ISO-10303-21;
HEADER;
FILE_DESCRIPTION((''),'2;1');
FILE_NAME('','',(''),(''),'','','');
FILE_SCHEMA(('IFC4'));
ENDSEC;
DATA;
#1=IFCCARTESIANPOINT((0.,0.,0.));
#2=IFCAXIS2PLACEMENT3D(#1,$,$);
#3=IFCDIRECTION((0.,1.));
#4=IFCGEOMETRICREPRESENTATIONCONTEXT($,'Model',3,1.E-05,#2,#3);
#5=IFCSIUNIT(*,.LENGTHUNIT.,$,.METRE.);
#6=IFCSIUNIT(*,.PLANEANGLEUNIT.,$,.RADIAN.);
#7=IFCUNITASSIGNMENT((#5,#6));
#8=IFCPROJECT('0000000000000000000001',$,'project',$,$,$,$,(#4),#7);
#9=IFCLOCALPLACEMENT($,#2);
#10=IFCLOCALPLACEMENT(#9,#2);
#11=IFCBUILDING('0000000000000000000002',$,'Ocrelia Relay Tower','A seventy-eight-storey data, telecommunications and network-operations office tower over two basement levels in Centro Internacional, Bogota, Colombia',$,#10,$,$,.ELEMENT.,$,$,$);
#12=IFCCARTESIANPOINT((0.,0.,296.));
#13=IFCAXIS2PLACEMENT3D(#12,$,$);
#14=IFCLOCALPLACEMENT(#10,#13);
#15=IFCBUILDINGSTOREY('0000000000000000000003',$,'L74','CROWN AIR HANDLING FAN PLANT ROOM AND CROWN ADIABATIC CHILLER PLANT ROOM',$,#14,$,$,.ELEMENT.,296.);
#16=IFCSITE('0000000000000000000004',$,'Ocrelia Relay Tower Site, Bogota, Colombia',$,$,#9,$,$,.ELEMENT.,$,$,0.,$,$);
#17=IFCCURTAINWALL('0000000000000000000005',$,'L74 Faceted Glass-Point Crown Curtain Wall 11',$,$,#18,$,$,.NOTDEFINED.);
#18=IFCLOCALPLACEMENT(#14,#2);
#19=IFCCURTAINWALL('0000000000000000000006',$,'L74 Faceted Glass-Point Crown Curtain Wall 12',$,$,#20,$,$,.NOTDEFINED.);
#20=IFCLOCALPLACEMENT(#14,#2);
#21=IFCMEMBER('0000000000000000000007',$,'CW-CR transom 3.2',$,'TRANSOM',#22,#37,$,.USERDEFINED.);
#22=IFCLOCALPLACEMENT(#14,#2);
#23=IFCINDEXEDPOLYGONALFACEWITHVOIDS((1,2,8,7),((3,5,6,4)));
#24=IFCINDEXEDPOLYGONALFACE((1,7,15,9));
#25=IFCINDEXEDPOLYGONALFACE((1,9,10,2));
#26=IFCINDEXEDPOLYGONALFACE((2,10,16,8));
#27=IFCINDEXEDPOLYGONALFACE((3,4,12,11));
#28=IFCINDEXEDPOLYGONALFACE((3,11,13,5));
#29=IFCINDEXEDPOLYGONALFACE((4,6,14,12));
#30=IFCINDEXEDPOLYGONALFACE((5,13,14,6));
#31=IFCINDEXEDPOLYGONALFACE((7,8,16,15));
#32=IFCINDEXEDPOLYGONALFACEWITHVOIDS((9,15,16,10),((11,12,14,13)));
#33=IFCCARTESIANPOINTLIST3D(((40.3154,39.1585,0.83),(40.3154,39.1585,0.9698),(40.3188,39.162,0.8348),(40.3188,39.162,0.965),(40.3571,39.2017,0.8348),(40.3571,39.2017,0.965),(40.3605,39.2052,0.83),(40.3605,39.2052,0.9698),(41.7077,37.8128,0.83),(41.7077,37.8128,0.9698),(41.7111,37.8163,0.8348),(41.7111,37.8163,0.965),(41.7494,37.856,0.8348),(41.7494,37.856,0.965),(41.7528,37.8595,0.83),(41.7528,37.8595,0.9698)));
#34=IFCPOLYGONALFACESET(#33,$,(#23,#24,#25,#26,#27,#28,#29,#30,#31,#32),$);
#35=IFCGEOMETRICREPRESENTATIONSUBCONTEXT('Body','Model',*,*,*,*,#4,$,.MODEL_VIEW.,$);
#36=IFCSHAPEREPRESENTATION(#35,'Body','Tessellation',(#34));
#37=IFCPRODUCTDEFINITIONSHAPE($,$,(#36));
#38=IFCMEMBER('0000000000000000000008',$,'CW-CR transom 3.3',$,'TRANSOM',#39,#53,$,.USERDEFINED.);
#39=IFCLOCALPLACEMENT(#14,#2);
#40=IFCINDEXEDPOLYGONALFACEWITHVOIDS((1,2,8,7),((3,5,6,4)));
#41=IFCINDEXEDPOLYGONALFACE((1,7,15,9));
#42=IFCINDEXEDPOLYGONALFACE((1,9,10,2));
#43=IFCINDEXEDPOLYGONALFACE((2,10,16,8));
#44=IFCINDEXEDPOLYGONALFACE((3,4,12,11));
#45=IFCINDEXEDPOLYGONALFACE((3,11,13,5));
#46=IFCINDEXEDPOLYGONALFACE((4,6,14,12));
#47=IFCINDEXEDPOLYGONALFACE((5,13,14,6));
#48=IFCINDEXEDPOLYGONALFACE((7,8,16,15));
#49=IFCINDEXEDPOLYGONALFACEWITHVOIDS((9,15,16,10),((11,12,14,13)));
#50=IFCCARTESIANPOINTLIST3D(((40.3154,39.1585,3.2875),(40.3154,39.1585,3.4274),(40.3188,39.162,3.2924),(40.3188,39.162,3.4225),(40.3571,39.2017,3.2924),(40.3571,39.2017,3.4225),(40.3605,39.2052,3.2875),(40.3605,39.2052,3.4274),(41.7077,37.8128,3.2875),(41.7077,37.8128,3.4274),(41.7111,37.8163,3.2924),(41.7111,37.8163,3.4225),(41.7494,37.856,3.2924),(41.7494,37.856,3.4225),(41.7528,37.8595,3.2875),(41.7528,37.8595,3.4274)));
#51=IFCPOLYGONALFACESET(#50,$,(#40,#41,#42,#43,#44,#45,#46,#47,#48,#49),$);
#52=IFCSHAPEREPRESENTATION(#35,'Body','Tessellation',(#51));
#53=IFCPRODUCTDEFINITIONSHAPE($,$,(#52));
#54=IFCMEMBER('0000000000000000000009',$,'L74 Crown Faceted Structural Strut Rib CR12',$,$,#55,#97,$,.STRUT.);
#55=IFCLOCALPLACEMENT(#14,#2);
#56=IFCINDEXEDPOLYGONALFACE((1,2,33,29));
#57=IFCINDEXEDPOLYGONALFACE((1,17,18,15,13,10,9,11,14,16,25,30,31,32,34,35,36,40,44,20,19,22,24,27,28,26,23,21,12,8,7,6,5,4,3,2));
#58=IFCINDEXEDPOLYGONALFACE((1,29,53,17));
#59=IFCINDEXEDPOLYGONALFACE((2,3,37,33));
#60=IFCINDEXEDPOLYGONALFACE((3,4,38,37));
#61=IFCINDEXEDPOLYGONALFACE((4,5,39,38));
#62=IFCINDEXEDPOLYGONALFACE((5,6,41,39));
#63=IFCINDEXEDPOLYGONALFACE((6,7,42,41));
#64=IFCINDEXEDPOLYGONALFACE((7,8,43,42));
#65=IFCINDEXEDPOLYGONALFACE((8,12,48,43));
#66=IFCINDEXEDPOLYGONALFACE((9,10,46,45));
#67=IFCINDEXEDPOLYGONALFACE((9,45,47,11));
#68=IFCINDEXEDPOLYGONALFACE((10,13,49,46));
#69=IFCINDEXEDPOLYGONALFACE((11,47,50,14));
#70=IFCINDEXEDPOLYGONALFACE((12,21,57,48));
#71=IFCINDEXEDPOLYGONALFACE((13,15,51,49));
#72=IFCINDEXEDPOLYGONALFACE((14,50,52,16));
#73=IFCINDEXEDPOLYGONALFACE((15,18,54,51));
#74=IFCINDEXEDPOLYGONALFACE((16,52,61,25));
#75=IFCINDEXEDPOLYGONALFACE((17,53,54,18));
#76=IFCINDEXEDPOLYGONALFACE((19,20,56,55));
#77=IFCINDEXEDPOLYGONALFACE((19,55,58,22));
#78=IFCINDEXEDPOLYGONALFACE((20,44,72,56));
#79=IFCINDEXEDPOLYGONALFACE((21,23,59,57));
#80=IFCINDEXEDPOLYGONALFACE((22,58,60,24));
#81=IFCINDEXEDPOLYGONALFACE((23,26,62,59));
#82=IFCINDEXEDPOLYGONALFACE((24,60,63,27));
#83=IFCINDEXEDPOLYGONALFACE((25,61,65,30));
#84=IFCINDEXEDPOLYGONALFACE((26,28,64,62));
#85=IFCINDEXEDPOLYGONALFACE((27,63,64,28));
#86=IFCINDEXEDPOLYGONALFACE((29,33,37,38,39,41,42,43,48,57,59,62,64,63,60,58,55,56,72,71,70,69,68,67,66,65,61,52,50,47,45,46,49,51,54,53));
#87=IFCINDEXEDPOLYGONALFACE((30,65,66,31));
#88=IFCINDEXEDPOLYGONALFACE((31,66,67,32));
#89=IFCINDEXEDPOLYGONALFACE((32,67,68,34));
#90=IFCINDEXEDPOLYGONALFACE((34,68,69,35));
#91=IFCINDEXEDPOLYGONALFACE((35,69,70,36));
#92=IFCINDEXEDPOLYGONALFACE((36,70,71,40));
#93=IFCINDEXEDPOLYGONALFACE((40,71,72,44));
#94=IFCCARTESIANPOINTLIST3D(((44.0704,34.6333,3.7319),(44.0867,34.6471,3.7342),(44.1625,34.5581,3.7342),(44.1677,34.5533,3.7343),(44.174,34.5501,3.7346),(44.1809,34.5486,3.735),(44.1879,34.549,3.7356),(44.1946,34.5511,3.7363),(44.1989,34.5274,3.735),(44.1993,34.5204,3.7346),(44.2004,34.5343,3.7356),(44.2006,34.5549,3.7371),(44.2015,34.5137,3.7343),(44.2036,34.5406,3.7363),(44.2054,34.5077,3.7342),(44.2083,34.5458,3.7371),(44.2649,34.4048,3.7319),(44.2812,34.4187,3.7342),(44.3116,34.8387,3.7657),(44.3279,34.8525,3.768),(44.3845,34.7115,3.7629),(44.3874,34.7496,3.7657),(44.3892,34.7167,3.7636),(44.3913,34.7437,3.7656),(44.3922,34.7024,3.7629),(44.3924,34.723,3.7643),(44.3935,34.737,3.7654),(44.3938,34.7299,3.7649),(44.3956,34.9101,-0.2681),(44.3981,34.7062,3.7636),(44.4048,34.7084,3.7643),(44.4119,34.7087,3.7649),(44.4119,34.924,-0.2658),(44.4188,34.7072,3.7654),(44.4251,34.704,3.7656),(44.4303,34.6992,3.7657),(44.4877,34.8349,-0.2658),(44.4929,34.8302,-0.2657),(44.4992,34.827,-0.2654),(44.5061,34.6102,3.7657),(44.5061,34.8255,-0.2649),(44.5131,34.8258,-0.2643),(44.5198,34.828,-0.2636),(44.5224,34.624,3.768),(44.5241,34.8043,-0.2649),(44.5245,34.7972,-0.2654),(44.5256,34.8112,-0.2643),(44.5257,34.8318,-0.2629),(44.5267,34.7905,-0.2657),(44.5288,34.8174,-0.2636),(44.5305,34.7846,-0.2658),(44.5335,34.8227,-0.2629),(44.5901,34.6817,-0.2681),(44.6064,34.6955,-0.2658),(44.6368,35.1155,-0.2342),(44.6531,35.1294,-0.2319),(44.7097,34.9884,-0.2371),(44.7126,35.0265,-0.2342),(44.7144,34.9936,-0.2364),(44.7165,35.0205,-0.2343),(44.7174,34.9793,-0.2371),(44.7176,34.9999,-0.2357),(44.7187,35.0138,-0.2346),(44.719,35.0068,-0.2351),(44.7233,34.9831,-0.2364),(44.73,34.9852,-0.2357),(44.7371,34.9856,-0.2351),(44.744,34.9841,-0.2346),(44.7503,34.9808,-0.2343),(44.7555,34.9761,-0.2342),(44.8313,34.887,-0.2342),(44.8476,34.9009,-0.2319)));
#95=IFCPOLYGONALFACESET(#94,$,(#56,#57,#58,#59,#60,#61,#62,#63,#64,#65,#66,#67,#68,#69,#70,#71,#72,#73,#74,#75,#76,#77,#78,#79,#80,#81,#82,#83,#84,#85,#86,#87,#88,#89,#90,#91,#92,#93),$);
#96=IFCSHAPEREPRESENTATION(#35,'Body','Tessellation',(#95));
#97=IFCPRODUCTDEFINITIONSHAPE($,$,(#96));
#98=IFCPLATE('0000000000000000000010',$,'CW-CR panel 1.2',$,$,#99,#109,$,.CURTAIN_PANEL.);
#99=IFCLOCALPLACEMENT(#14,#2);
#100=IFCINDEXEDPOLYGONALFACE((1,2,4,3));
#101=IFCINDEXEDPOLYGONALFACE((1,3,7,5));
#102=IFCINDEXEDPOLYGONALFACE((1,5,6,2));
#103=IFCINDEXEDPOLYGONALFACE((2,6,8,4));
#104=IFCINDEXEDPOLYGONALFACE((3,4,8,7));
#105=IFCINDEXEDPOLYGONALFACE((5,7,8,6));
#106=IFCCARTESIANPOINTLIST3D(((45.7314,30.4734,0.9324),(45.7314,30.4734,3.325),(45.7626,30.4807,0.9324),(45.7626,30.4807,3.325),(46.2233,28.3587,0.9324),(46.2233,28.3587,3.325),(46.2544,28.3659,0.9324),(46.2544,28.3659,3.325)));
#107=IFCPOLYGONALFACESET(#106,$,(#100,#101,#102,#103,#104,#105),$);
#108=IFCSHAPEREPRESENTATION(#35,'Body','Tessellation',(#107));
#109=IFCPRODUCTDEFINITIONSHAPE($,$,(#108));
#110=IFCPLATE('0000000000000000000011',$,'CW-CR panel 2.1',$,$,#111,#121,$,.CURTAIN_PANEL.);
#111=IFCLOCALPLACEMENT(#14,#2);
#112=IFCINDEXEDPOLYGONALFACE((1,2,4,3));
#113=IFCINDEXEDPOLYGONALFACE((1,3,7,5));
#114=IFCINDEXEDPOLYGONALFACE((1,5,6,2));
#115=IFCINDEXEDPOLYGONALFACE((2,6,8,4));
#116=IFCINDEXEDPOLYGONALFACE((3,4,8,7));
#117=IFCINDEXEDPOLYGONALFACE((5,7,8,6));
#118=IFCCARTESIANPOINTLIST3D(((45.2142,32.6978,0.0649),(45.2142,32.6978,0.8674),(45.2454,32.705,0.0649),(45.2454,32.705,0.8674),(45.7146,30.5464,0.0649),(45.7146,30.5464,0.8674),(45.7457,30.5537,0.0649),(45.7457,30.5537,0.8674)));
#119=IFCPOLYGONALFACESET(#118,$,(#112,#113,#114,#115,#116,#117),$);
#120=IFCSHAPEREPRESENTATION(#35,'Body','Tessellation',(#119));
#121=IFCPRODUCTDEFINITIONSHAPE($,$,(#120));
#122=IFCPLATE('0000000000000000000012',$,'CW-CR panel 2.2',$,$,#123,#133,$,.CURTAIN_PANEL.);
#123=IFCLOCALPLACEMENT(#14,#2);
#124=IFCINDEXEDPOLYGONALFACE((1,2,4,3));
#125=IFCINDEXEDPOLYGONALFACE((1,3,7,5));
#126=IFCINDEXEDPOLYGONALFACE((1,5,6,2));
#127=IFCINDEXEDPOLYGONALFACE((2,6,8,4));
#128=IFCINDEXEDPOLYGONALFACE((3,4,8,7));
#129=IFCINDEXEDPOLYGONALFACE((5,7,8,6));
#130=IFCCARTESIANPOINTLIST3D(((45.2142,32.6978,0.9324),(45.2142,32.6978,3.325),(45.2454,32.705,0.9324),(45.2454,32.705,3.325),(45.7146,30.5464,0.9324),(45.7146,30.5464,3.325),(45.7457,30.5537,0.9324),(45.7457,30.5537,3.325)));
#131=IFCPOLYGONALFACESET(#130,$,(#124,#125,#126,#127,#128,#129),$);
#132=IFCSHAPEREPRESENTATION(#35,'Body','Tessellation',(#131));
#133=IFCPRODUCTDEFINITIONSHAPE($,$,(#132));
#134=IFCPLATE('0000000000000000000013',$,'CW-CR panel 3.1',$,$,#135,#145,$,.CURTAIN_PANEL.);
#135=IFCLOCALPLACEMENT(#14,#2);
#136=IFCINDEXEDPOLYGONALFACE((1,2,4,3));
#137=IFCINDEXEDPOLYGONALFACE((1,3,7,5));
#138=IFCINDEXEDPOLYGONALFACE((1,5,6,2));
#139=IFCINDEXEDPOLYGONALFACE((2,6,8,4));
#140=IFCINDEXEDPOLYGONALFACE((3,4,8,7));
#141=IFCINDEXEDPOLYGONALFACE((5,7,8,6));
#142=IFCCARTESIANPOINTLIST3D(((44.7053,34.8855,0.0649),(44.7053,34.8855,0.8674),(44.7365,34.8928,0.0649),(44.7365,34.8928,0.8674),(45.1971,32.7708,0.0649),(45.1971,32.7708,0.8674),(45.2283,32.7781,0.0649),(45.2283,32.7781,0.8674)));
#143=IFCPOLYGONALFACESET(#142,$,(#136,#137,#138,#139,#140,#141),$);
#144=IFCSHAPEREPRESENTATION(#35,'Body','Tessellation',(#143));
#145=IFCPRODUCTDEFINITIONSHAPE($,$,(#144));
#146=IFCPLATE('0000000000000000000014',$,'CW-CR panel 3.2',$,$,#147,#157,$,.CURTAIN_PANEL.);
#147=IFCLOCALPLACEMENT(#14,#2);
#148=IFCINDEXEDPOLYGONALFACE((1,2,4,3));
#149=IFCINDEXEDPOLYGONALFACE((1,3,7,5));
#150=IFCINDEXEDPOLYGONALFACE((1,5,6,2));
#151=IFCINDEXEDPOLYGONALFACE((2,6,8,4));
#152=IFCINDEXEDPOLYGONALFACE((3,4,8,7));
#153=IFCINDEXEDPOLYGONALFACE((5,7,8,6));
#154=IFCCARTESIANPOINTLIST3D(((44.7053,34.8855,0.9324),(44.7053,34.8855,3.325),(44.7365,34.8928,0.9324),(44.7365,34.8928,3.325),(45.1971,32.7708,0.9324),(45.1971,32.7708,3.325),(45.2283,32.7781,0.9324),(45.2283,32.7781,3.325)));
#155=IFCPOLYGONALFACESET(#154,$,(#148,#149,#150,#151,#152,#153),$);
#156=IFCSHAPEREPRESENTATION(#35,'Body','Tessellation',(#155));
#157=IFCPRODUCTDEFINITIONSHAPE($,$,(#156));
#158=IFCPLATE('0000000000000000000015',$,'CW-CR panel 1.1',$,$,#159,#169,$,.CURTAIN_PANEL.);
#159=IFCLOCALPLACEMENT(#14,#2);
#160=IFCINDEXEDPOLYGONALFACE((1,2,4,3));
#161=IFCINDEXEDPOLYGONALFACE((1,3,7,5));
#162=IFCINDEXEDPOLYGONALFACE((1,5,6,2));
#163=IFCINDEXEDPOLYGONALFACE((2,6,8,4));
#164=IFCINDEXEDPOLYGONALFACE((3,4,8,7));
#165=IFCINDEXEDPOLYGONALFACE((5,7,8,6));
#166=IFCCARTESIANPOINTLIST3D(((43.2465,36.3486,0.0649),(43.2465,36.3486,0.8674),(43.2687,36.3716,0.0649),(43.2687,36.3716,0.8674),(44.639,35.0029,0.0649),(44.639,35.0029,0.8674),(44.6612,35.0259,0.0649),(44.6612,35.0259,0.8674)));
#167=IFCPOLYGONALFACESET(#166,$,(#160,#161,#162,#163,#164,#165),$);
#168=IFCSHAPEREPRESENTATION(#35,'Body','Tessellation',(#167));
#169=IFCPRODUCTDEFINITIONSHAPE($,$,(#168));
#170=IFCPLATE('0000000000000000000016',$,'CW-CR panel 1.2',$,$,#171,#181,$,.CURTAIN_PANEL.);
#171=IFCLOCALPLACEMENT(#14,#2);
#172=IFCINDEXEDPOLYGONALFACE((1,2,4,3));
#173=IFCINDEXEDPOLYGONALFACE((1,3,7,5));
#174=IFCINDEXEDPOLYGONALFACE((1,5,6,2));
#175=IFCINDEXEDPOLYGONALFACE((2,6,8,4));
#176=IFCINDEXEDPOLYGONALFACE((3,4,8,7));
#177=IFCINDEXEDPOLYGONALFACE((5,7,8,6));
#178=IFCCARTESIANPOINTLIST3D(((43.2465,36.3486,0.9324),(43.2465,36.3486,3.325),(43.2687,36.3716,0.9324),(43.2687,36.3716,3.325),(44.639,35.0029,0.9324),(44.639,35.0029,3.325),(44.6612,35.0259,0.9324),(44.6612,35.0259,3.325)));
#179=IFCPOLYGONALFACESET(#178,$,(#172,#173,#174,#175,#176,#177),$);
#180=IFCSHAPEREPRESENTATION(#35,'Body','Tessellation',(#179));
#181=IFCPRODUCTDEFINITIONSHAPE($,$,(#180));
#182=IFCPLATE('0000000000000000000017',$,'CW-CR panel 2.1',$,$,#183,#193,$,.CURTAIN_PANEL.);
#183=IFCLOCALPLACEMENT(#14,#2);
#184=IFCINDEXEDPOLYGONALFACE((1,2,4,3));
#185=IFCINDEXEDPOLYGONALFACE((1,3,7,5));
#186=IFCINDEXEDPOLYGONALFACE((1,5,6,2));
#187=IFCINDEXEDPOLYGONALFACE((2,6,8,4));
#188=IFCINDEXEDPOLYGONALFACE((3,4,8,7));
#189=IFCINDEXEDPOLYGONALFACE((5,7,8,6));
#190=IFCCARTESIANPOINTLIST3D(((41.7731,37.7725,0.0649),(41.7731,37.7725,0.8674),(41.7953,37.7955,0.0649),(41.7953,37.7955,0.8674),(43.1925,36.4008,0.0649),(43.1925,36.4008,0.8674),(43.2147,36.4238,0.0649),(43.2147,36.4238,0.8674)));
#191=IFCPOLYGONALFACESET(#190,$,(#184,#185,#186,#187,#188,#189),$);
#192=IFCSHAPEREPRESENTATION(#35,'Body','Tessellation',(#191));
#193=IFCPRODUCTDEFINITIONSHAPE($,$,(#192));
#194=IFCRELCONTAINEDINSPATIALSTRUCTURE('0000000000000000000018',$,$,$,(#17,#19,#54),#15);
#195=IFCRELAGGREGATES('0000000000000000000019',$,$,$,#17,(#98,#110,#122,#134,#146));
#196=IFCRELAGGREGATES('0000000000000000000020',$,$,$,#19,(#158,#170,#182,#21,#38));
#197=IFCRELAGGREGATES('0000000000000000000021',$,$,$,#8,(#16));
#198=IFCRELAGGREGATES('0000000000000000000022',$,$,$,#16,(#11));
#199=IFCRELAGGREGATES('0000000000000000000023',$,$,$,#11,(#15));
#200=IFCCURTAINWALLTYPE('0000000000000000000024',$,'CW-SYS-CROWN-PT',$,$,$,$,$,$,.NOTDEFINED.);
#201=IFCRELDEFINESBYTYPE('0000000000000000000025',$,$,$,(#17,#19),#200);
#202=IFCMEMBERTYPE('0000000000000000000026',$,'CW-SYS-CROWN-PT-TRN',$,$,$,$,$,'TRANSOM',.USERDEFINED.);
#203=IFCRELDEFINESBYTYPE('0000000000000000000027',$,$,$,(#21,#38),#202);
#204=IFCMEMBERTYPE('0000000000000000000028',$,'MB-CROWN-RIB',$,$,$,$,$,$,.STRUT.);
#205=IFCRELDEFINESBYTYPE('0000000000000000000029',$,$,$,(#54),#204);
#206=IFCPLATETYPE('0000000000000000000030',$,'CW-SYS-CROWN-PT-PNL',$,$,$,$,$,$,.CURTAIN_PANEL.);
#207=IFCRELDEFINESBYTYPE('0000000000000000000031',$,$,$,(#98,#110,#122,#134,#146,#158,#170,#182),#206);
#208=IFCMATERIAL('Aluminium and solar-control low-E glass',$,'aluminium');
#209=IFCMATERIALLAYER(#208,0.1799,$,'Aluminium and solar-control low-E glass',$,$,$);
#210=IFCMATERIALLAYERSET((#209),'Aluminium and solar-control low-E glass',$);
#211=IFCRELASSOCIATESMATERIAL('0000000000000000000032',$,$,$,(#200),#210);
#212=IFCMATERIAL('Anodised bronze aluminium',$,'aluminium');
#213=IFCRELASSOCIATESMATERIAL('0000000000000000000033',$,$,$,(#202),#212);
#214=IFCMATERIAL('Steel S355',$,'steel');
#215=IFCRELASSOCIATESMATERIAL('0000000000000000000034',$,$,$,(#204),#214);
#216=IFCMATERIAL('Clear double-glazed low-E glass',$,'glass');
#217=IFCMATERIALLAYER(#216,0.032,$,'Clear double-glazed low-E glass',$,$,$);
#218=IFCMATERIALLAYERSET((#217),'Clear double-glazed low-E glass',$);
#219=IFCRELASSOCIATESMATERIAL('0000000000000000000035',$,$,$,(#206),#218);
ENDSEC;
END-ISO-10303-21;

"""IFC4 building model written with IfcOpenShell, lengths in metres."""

from ifc_helpers import new_model, si_unit, direction, frame, origin, origin_2d, place, context, subcontext, project, spatial, rectangle, hollow_rectangle, i_section, extrude, material, layer, layer_set, material_profile, profile_set, type_object, element, aggregate, save


model = new_model("IFC4")

# Units and contexts
model_context = context("Model", 3, precision=1e-05, world=origin(), true_north=direction((0.0, 1.0)))
body_context = subcontext(model_context, "Body", "Model", "MODEL_VIEW")
ifc_project = project(units=[si_unit("LENGTHUNIT", "METRE"), si_unit("PLANEANGLEUNIT", "RADIAN")], contexts=[model_context])

# Site, building, storey
site_placement = place(None, origin())
site = spatial("IfcSite", under=ifc_project, at=site_placement, Name="Ocrelia Relay Tower Site, Bogota, Colombia", CompositionType="ELEMENT", RefElevation=0.0)
building_placement = place(site_placement, origin())
building = spatial("IfcBuilding", under=site, at=building_placement, Name="Ocrelia Relay Tower", Description="A seventy-eight-storey data, telecommunications and network-operations office tower over two basement levels in Centro Internacional, Bogota, Colombia", CompositionType="ELEMENT")
storey_placement = place(building_placement, frame((0.0, 0.0, 296.0)))
storey = spatial("IfcBuildingStorey", under=building, at=storey_placement, Name="L74", Description="CROWN AIR HANDLING FAN PLANT ROOM AND CROWN ADIABATIC CHILLER PLANT ROOM", CompositionType="ELEMENT", Elevation=296.0)

# Shared definitions
ifc_material_1 = material(Name="Steel S355", Category="steel")

# Curtain walls
ifc_material_2 = material(Name="Aluminium and solar-control low-E glass", Category="aluminium")
ifc_layer_1 = layer(ifc_material_2, 0.1799, Name="Aluminium and solar-control low-E glass")
ifc_layer_set_1 = layer_set([ifc_layer_1], Name="Aluminium and solar-control low-E glass")
curtain_wall_type = type_object("IfcCurtainWallType", Name="CW-SYS-CROWN-PT", PredefinedType="NOTDEFINED", material=ifc_layer_set_1)
curtain_wall_1_placement = place(storey_placement, origin())
curtain_wall_1 = element("IfcCurtainWall", 1, at=curtain_wall_1_placement, inside=storey, type_object=curtain_wall_type, Name="L74 Faceted Glass-Point Crown Curtain Wall 11", PredefinedType="NOTDEFINED")
ifc_material_3 = material(Name="Anodised bronze aluminium", Category="aluminium")
curtain_wall_2_placement = place(storey_placement, origin())
curtain_wall_2 = element("IfcCurtainWall", 2, at=curtain_wall_2_placement, inside=storey, type_object=curtain_wall_type, Name="L74 Faceted Glass-Point Crown Curtain Wall 12", PredefinedType="NOTDEFINED")

# Members
ifc_material_profile_1 = material_profile(ifc_material_3, hollow_rectangle(XDim=0.0649, YDim=0.1399, WallThickness=0.0049, at=origin_2d()), Name="CW-TRN-140x65")
ifc_profile_set_1 = profile_set([ifc_material_profile_1], Name="Anodised bronze aluminium")
member_type_1 = type_object("IfcMemberType", Name="CW-SYS-CROWN-PT-TRN", ElementType="TRANSOM", PredefinedType="USERDEFINED", material=ifc_profile_set_1)
member_1_placement = place(storey_placement, frame((41.7302, 37.8362, 0.8999), z_axis=(-0.719045, 0.694963, 0.0), x_axis=(-0.694963, -0.719045, 0.0)))
member_1 = element("IfcMember", 3, at=member_1_placement, type_object=member_type_1, Name="CW-CR transom 3.2", ObjectType="TRANSOM", PredefinedType="USERDEFINED", context=body_context, shape_type="SweptSolid", body=[
    extrude(hollow_rectangle(XDim=0.0649, YDim=0.1399, WallThickness=0.0049, at=origin_2d()), origin(), (0.0, 0.0, 1.0), 1.9363),
])
member_2_placement = place(storey_placement, frame((41.7302, 37.8362, 3.3574), z_axis=(-0.719045, 0.694963, 0.0), x_axis=(-0.694963, -0.719045, 0.0)))
member_2 = element("IfcMember", 4, at=member_2_placement, type_object=member_type_1, Name="CW-CR transom 3.3", ObjectType="TRANSOM", PredefinedType="USERDEFINED", context=body_context, shape_type="SweptSolid", body=[
    extrude(hollow_rectangle(XDim=0.0649, YDim=0.1399, WallThickness=0.0049, at=origin_2d()), origin(), (0.0, 0.0, 1.0), 1.9363),
])
ifc_material_profile_2 = material_profile(ifc_material_1, i_section(OverallWidth=0.3, OverallDepth=0.3401, WebThickness=0.012, FlangeThickness=0.0215, FilletRadius=0.0271, at=origin_2d()), Name="HEB 340")
ifc_profile_set_2 = profile_set([ifc_material_profile_2], Name="Steel S355")
member_type_2 = type_object("IfcMemberType", Name="MB-CROWN-RIB", PredefinedType="STRUT", material=ifc_profile_set_2)
member_3_placement = place(storey_placement, frame((44.6216, 34.9055, -0.25), z_axis=(-0.080839, -0.068823, 0.994348), x_axis=(0.648246, -0.761431, 0.0)))
element("IfcMember", 5, at=member_3_placement, inside=storey, type_object=member_type_2, Name="L74 Crown Faceted Structural Strut Rib CR12", PredefinedType="STRUT", context=body_context, shape_type="SweptSolid", body=[
    extrude(i_section(OverallWidth=0.3, OverallDepth=0.3401, WebThickness=0.012, FlangeThickness=0.0215, FilletRadius=0.0271, at=origin_2d()), origin(), (0.0, 0.0, 1.0), 4.0227),
])

# Plates
ifc_material_4 = material(Name="Clear double-glazed low-E glass", Category="glass")
ifc_layer_2 = layer(ifc_material_4, 0.032, Name="Clear double-glazed low-E glass")
ifc_layer_set_2 = layer_set([ifc_layer_2], Name="Clear double-glazed low-E glass")
plate_type = type_object("IfcPlateType", Name="CW-SYS-CROWN-PT-PNL", PredefinedType="CURTAIN_PANEL", material=ifc_layer_set_2)
plate_1_placement = place(storey_placement, frame((45.9929, 29.4197, 0.9324), z_axis=(0.0, 0.0, 1.0), x_axis=(-0.226533, 0.974004, 0.0)))
plate_1 = element("IfcPlate", 6, at=plate_1_placement, type_object=plate_type, Name="CW-CR panel 1.2", PredefinedType="CURTAIN_PANEL", context=body_context, shape_type="SweptSolid", body=[
    extrude(rectangle(XDim=2.1711, YDim=0.032, at=origin_2d()), origin(), (0.0, 0.0, 1.0), 2.3926),
])
plate_2_placement = place(storey_placement, frame((45.48, 31.6257, 0.0649), z_axis=(0.0, 0.0, 1.0), x_axis=(-0.226533, 0.974004, 0.0)))
plate_2 = element("IfcPlate", 7, at=plate_2_placement, type_object=plate_type, Name="CW-CR panel 2.1", PredefinedType="CURTAIN_PANEL", context=body_context, shape_type="SweptSolid", body=[
    extrude(rectangle(XDim=2.2087, YDim=0.032, at=origin_2d()), origin(), (0.0, 0.0, 1.0), 0.8025),
])
plate_3_placement = place(storey_placement, frame((45.48, 31.6257, 0.9324), z_axis=(0.0, 0.0, 1.0), x_axis=(-0.226533, 0.974004, 0.0)))
plate_3 = element("IfcPlate", 8, at=plate_3_placement, type_object=plate_type, Name="CW-CR panel 2.2", PredefinedType="CURTAIN_PANEL", context=body_context, shape_type="SweptSolid", body=[
    extrude(rectangle(XDim=2.2087, YDim=0.032, at=origin_2d()), origin(), (0.0, 0.0, 1.0), 2.3926),
])
plate_4_placement = place(storey_placement, frame((44.9668, 33.8318, 0.0649), z_axis=(0.0, 0.0, 1.0), x_axis=(-0.226533, 0.974004, 0.0)))
plate_4 = element("IfcPlate", 9, at=plate_4_placement, type_object=plate_type, Name="CW-CR panel 3.1", PredefinedType="CURTAIN_PANEL", context=body_context, shape_type="SweptSolid", body=[
    extrude(rectangle(XDim=2.1711, YDim=0.032, at=origin_2d()), origin(), (0.0, 0.0, 1.0), 0.8025),
])
plate_5_placement = place(storey_placement, frame((44.9668, 33.8318, 0.9324), z_axis=(0.0, 0.0, 1.0), x_axis=(-0.226533, 0.974004, 0.0)))
plate_5 = element("IfcPlate", 10, at=plate_5_placement, type_object=plate_type, Name="CW-CR panel 3.2", PredefinedType="CURTAIN_PANEL", context=body_context, shape_type="SweptSolid", body=[
    extrude(rectangle(XDim=2.1711, YDim=0.032, at=origin_2d()), origin(), (0.0, 0.0, 1.0), 2.3926),
])
aggregate(curtain_wall_1, [plate_1, plate_2, plate_3, plate_4, plate_5])
plate_6_placement = place(storey_placement, frame((43.9539, 35.6873, 0.0649), z_axis=(0.0, 0.0, 1.0), x_axis=(-0.719075, 0.694932, 0.0)))
plate_6 = element("IfcPlate", 11, at=plate_6_placement, type_object=plate_type, Name="CW-CR panel 1.1", PredefinedType="CURTAIN_PANEL", context=body_context, shape_type="SweptSolid", body=[
    extrude(rectangle(XDim=1.9365, YDim=0.032, at=origin_2d()), origin(), (0.0, 0.0, 1.0), 0.8025),
])
plate_7_placement = place(storey_placement, frame((43.9539, 35.6873, 0.9324), z_axis=(0.0, 0.0, 1.0), x_axis=(-0.719075, 0.694932, 0.0)))
plate_7 = element("IfcPlate", 12, at=plate_7_placement, type_object=plate_type, Name="CW-CR panel 1.2", PredefinedType="CURTAIN_PANEL", context=body_context, shape_type="SweptSolid", body=[
    extrude(rectangle(XDim=1.9365, YDim=0.032, at=origin_2d()), origin(), (0.0, 0.0, 1.0), 2.3926),
])
plate_8_placement = place(storey_placement, frame((42.4939, 37.0981, 0.0649), z_axis=(0.0, 0.0, 1.0), x_axis=(-0.719075, 0.694932, 0.0)))
plate_8 = element("IfcPlate", 13, at=plate_8_placement, type_object=plate_type, Name="CW-CR panel 2.1", PredefinedType="CURTAIN_PANEL", context=body_context, shape_type="SweptSolid", body=[
    extrude(rectangle(XDim=1.9739, YDim=0.032, at=origin_2d()), origin(), (0.0, 0.0, 1.0), 0.8025),
])
aggregate(curtain_wall_2, [plate_6, plate_7, plate_8, member_1, member_2])

save(model, "model.ifc")
